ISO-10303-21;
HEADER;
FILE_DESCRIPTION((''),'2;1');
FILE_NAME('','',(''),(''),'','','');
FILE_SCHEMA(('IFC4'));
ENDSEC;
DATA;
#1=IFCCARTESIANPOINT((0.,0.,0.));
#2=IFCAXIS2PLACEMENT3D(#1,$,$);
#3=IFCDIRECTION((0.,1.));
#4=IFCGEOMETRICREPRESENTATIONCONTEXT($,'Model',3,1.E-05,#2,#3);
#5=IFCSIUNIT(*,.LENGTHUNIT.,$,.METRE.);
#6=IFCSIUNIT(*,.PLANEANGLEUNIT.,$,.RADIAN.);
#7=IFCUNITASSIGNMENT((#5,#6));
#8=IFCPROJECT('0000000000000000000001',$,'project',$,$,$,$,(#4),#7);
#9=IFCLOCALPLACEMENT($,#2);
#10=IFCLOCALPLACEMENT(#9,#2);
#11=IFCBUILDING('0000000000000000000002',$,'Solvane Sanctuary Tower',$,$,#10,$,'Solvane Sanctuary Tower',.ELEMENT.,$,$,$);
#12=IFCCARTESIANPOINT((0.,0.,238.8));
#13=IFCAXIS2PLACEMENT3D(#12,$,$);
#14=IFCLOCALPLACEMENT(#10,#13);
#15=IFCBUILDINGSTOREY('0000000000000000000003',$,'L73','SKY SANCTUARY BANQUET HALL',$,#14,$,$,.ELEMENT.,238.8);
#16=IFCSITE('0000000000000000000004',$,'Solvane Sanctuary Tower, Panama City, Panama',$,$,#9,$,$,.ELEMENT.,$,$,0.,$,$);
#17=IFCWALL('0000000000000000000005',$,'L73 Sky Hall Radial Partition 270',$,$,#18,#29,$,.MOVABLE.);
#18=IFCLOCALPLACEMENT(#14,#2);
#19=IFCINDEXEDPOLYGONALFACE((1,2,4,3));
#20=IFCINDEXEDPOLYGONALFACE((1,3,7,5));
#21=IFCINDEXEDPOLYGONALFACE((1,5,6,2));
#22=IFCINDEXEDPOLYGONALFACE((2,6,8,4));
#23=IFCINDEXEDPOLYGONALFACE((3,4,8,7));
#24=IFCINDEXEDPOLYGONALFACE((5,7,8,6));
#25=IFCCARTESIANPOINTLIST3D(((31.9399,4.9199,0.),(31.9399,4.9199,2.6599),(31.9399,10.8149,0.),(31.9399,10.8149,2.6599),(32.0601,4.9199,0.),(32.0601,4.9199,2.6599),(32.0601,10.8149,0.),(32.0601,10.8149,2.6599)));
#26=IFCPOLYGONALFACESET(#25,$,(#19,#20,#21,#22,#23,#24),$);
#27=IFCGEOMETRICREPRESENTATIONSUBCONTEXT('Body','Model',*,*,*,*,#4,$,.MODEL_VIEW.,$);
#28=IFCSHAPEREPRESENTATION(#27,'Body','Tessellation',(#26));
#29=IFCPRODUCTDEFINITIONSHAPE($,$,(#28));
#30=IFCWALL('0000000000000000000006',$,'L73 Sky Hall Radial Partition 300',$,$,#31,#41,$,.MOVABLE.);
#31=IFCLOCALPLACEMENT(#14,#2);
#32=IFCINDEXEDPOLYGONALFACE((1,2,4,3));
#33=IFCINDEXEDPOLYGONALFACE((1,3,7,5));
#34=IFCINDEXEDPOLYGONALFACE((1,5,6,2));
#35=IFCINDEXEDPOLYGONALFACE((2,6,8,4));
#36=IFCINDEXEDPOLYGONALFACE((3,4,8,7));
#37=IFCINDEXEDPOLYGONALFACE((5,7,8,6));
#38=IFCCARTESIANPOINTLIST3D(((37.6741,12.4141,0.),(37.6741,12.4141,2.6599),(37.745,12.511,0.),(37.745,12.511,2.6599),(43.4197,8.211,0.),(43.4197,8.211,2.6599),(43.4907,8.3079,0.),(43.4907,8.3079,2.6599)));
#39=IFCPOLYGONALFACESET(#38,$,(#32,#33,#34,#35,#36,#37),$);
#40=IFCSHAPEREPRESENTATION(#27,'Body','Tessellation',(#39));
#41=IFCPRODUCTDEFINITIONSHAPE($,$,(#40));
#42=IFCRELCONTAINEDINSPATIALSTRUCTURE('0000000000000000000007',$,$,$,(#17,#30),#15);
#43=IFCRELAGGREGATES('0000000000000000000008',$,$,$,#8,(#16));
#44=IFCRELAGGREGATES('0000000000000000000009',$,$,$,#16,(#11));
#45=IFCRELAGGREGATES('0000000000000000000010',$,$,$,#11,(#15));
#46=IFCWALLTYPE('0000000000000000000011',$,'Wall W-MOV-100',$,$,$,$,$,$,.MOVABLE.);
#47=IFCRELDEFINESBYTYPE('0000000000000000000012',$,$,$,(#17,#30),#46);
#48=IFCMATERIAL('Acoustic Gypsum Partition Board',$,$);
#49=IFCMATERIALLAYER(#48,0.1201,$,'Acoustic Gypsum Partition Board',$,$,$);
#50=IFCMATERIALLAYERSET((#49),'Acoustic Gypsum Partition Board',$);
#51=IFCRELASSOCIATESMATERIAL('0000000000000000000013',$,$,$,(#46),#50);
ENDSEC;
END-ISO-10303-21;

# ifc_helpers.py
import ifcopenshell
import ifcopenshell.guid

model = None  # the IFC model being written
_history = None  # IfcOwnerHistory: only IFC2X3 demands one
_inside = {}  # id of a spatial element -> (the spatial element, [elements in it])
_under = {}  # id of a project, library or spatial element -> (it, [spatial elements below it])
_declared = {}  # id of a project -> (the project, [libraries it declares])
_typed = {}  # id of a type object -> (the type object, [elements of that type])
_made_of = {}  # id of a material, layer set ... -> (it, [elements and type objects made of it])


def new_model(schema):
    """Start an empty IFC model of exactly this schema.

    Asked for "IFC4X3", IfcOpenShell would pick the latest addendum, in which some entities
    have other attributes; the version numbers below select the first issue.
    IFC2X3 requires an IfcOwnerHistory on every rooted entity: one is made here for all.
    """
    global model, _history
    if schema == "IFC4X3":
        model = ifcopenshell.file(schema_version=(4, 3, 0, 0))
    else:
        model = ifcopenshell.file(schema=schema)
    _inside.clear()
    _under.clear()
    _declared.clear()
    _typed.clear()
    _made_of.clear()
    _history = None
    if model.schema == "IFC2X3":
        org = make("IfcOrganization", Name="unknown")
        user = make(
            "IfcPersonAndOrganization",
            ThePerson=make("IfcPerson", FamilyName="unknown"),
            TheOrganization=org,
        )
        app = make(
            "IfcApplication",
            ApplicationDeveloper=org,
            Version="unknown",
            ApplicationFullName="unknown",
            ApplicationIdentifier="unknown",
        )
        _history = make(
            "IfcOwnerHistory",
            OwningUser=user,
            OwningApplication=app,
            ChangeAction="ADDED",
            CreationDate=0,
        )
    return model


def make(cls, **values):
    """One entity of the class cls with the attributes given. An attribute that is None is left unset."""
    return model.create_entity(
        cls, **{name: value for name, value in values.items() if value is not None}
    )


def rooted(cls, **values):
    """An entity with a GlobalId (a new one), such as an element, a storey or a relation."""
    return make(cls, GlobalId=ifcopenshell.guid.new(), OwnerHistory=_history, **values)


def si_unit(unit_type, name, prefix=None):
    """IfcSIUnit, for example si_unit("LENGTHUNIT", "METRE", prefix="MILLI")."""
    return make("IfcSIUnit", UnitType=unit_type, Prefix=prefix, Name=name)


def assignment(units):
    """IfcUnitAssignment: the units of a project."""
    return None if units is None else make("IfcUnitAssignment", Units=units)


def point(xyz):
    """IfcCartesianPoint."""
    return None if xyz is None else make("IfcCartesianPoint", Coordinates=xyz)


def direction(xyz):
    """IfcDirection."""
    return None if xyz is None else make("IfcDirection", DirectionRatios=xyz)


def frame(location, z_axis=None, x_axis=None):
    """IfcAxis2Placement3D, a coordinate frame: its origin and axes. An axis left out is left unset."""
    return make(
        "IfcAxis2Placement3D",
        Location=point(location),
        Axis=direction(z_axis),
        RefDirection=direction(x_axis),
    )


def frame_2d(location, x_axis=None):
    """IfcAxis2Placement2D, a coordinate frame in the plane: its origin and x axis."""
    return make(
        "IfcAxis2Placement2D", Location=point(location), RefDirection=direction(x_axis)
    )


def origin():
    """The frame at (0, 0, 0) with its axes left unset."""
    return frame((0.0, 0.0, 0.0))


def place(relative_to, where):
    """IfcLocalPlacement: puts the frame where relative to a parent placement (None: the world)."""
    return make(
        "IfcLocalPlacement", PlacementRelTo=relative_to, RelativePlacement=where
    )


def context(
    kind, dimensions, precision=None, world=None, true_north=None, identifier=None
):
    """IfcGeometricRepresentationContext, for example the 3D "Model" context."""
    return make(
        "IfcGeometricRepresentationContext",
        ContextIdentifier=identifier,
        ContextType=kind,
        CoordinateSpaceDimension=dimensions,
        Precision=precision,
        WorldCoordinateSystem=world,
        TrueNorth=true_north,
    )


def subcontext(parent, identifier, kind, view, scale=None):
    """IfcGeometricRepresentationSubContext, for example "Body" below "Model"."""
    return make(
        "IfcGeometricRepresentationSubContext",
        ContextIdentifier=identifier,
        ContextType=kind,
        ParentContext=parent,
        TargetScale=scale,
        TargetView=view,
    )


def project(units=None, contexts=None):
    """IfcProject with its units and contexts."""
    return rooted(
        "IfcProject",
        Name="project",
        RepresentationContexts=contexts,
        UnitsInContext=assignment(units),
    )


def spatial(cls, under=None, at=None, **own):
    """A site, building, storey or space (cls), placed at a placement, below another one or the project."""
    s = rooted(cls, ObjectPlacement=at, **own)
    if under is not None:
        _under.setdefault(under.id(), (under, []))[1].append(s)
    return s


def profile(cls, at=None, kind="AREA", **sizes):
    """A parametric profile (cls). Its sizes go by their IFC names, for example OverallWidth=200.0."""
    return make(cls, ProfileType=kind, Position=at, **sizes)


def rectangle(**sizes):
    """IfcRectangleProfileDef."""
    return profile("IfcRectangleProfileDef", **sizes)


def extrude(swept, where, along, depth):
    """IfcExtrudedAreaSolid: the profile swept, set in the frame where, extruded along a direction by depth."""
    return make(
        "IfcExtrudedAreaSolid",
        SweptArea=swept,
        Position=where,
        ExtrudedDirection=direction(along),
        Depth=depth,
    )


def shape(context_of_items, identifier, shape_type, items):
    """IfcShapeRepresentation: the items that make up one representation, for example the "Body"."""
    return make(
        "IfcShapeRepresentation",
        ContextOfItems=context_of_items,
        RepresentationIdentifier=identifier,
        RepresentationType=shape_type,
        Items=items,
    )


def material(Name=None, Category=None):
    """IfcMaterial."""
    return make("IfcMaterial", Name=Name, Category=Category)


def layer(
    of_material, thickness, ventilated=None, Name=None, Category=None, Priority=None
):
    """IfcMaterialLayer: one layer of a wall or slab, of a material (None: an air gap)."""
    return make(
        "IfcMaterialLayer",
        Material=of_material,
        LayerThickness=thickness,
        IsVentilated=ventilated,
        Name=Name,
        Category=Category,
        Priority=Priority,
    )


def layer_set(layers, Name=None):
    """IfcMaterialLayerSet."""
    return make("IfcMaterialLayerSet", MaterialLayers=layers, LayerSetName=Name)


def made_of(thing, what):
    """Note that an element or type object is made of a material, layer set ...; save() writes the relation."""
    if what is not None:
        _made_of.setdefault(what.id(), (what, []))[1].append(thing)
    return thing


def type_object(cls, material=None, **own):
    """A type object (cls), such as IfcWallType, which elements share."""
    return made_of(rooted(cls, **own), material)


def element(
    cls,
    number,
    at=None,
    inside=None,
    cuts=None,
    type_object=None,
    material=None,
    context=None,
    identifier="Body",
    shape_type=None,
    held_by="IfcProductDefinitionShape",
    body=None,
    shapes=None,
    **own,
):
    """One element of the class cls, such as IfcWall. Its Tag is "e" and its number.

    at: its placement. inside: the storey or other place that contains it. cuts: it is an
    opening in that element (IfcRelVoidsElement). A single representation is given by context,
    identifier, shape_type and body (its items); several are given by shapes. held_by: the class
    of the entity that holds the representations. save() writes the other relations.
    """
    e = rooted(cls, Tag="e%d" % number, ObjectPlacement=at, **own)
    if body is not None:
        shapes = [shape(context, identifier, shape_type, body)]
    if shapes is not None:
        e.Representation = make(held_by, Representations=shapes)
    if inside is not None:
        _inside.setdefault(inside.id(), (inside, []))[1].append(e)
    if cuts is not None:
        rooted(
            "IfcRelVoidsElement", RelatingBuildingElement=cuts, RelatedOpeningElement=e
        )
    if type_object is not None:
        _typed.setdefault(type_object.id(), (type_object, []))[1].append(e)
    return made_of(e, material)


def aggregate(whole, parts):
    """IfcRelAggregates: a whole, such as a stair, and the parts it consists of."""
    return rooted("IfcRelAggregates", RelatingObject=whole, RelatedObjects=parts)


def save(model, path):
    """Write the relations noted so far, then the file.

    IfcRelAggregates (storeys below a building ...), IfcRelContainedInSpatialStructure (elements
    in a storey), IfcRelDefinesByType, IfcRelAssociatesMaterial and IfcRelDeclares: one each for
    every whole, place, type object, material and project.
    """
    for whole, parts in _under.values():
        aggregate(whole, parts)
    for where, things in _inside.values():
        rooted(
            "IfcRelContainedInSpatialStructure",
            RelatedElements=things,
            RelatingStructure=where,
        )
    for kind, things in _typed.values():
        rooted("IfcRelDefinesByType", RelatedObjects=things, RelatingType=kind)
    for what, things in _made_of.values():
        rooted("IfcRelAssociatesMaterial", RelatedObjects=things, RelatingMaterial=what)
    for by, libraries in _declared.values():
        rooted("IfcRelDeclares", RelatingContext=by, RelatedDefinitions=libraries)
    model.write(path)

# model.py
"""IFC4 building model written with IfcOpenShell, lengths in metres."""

from ifc_helpers import new_model, si_unit, direction, frame, frame_2d, origin, place, context, subcontext, project, spatial, rectangle, extrude, material, layer, layer_set, type_object, element, save


model = new_model("IFC4")

# Units and contexts
model_context = context("Model", 3, precision=1e-05, world=origin(), true_north=direction((0.0, 1.0)))
body_context = subcontext(model_context, "Body", "Model", "MODEL_VIEW")
ifc_project = project(units=[si_unit("LENGTHUNIT", "METRE"), si_unit("PLANEANGLEUNIT", "RADIAN")], contexts=[model_context])

# Site, building, storey
site_placement = place(None, origin())
site = spatial("IfcSite", under=ifc_project, at=site_placement, Name="Solvane Sanctuary Tower, Panama City, Panama", CompositionType="ELEMENT", RefElevation=0.0)
building_placement = place(site_placement, origin())
building = spatial("IfcBuilding", under=site, at=building_placement, Name="Solvane Sanctuary Tower", LongName="Solvane Sanctuary Tower", CompositionType="ELEMENT")
storey_placement = place(building_placement, frame((0.0, 0.0, 238.8)))
storey = spatial("IfcBuildingStorey", under=building, at=storey_placement, Name="L73", Description="SKY SANCTUARY BANQUET HALL", CompositionType="ELEMENT", Elevation=238.8)

# Shared definitions
ifc_material_1 = material(Name="Acoustic Gypsum Partition Board")

# Walls
ifc_layer_1 = layer(ifc_material_1, 0.1201, Name="Acoustic Gypsum Partition Board")
ifc_layer_set_1 = layer_set([ifc_layer_1], Name="Acoustic Gypsum Partition Board")
wall_type_1 = type_object("IfcWallType", Name="Wall W-MOV-100", PredefinedType="MOVABLE", material=ifc_layer_set_1)
wall_1_placement = place(storey_placement, frame((32.0, 10.8149, 0.0), z_axis=(0.0, 0.0, 1.0), x_axis=(0.0, -1.0, 0.0)))
element("IfcWall", 1, at=wall_1_placement, inside=storey, type_object=wall_type_1, Name="L73 Sky Hall Radial Partition 270", PredefinedType="MOVABLE", context=body_context, shape_type="SweptSolid", body=[
    extrude(rectangle(XDim=5.895, YDim=0.1201, at=frame_2d((2.9475, 0.0))), origin(), (0.0, 0.0, 1.0), 2.6599),
])
wall_2_placement = place(storey_placement, frame((37.7095, 12.4626, 0.0), z_axis=(0.0, 0.0, 1.0), x_axis=(0.807096, -0.590421, 0.0)))
element("IfcWall", 2, at=wall_2_placement, inside=storey, type_object=wall_type_1, Name="L73 Sky Hall Radial Partition 300", PredefinedType="MOVABLE", context=body_context, shape_type="SweptSolid", body=[
    extrude(rectangle(XDim=7.1189, YDim=0.1201, at=frame_2d((3.5596, 0.0))), origin(), (0.0, 0.0, 1.0), 2.6599),
])

save(model, "model.ifc")
